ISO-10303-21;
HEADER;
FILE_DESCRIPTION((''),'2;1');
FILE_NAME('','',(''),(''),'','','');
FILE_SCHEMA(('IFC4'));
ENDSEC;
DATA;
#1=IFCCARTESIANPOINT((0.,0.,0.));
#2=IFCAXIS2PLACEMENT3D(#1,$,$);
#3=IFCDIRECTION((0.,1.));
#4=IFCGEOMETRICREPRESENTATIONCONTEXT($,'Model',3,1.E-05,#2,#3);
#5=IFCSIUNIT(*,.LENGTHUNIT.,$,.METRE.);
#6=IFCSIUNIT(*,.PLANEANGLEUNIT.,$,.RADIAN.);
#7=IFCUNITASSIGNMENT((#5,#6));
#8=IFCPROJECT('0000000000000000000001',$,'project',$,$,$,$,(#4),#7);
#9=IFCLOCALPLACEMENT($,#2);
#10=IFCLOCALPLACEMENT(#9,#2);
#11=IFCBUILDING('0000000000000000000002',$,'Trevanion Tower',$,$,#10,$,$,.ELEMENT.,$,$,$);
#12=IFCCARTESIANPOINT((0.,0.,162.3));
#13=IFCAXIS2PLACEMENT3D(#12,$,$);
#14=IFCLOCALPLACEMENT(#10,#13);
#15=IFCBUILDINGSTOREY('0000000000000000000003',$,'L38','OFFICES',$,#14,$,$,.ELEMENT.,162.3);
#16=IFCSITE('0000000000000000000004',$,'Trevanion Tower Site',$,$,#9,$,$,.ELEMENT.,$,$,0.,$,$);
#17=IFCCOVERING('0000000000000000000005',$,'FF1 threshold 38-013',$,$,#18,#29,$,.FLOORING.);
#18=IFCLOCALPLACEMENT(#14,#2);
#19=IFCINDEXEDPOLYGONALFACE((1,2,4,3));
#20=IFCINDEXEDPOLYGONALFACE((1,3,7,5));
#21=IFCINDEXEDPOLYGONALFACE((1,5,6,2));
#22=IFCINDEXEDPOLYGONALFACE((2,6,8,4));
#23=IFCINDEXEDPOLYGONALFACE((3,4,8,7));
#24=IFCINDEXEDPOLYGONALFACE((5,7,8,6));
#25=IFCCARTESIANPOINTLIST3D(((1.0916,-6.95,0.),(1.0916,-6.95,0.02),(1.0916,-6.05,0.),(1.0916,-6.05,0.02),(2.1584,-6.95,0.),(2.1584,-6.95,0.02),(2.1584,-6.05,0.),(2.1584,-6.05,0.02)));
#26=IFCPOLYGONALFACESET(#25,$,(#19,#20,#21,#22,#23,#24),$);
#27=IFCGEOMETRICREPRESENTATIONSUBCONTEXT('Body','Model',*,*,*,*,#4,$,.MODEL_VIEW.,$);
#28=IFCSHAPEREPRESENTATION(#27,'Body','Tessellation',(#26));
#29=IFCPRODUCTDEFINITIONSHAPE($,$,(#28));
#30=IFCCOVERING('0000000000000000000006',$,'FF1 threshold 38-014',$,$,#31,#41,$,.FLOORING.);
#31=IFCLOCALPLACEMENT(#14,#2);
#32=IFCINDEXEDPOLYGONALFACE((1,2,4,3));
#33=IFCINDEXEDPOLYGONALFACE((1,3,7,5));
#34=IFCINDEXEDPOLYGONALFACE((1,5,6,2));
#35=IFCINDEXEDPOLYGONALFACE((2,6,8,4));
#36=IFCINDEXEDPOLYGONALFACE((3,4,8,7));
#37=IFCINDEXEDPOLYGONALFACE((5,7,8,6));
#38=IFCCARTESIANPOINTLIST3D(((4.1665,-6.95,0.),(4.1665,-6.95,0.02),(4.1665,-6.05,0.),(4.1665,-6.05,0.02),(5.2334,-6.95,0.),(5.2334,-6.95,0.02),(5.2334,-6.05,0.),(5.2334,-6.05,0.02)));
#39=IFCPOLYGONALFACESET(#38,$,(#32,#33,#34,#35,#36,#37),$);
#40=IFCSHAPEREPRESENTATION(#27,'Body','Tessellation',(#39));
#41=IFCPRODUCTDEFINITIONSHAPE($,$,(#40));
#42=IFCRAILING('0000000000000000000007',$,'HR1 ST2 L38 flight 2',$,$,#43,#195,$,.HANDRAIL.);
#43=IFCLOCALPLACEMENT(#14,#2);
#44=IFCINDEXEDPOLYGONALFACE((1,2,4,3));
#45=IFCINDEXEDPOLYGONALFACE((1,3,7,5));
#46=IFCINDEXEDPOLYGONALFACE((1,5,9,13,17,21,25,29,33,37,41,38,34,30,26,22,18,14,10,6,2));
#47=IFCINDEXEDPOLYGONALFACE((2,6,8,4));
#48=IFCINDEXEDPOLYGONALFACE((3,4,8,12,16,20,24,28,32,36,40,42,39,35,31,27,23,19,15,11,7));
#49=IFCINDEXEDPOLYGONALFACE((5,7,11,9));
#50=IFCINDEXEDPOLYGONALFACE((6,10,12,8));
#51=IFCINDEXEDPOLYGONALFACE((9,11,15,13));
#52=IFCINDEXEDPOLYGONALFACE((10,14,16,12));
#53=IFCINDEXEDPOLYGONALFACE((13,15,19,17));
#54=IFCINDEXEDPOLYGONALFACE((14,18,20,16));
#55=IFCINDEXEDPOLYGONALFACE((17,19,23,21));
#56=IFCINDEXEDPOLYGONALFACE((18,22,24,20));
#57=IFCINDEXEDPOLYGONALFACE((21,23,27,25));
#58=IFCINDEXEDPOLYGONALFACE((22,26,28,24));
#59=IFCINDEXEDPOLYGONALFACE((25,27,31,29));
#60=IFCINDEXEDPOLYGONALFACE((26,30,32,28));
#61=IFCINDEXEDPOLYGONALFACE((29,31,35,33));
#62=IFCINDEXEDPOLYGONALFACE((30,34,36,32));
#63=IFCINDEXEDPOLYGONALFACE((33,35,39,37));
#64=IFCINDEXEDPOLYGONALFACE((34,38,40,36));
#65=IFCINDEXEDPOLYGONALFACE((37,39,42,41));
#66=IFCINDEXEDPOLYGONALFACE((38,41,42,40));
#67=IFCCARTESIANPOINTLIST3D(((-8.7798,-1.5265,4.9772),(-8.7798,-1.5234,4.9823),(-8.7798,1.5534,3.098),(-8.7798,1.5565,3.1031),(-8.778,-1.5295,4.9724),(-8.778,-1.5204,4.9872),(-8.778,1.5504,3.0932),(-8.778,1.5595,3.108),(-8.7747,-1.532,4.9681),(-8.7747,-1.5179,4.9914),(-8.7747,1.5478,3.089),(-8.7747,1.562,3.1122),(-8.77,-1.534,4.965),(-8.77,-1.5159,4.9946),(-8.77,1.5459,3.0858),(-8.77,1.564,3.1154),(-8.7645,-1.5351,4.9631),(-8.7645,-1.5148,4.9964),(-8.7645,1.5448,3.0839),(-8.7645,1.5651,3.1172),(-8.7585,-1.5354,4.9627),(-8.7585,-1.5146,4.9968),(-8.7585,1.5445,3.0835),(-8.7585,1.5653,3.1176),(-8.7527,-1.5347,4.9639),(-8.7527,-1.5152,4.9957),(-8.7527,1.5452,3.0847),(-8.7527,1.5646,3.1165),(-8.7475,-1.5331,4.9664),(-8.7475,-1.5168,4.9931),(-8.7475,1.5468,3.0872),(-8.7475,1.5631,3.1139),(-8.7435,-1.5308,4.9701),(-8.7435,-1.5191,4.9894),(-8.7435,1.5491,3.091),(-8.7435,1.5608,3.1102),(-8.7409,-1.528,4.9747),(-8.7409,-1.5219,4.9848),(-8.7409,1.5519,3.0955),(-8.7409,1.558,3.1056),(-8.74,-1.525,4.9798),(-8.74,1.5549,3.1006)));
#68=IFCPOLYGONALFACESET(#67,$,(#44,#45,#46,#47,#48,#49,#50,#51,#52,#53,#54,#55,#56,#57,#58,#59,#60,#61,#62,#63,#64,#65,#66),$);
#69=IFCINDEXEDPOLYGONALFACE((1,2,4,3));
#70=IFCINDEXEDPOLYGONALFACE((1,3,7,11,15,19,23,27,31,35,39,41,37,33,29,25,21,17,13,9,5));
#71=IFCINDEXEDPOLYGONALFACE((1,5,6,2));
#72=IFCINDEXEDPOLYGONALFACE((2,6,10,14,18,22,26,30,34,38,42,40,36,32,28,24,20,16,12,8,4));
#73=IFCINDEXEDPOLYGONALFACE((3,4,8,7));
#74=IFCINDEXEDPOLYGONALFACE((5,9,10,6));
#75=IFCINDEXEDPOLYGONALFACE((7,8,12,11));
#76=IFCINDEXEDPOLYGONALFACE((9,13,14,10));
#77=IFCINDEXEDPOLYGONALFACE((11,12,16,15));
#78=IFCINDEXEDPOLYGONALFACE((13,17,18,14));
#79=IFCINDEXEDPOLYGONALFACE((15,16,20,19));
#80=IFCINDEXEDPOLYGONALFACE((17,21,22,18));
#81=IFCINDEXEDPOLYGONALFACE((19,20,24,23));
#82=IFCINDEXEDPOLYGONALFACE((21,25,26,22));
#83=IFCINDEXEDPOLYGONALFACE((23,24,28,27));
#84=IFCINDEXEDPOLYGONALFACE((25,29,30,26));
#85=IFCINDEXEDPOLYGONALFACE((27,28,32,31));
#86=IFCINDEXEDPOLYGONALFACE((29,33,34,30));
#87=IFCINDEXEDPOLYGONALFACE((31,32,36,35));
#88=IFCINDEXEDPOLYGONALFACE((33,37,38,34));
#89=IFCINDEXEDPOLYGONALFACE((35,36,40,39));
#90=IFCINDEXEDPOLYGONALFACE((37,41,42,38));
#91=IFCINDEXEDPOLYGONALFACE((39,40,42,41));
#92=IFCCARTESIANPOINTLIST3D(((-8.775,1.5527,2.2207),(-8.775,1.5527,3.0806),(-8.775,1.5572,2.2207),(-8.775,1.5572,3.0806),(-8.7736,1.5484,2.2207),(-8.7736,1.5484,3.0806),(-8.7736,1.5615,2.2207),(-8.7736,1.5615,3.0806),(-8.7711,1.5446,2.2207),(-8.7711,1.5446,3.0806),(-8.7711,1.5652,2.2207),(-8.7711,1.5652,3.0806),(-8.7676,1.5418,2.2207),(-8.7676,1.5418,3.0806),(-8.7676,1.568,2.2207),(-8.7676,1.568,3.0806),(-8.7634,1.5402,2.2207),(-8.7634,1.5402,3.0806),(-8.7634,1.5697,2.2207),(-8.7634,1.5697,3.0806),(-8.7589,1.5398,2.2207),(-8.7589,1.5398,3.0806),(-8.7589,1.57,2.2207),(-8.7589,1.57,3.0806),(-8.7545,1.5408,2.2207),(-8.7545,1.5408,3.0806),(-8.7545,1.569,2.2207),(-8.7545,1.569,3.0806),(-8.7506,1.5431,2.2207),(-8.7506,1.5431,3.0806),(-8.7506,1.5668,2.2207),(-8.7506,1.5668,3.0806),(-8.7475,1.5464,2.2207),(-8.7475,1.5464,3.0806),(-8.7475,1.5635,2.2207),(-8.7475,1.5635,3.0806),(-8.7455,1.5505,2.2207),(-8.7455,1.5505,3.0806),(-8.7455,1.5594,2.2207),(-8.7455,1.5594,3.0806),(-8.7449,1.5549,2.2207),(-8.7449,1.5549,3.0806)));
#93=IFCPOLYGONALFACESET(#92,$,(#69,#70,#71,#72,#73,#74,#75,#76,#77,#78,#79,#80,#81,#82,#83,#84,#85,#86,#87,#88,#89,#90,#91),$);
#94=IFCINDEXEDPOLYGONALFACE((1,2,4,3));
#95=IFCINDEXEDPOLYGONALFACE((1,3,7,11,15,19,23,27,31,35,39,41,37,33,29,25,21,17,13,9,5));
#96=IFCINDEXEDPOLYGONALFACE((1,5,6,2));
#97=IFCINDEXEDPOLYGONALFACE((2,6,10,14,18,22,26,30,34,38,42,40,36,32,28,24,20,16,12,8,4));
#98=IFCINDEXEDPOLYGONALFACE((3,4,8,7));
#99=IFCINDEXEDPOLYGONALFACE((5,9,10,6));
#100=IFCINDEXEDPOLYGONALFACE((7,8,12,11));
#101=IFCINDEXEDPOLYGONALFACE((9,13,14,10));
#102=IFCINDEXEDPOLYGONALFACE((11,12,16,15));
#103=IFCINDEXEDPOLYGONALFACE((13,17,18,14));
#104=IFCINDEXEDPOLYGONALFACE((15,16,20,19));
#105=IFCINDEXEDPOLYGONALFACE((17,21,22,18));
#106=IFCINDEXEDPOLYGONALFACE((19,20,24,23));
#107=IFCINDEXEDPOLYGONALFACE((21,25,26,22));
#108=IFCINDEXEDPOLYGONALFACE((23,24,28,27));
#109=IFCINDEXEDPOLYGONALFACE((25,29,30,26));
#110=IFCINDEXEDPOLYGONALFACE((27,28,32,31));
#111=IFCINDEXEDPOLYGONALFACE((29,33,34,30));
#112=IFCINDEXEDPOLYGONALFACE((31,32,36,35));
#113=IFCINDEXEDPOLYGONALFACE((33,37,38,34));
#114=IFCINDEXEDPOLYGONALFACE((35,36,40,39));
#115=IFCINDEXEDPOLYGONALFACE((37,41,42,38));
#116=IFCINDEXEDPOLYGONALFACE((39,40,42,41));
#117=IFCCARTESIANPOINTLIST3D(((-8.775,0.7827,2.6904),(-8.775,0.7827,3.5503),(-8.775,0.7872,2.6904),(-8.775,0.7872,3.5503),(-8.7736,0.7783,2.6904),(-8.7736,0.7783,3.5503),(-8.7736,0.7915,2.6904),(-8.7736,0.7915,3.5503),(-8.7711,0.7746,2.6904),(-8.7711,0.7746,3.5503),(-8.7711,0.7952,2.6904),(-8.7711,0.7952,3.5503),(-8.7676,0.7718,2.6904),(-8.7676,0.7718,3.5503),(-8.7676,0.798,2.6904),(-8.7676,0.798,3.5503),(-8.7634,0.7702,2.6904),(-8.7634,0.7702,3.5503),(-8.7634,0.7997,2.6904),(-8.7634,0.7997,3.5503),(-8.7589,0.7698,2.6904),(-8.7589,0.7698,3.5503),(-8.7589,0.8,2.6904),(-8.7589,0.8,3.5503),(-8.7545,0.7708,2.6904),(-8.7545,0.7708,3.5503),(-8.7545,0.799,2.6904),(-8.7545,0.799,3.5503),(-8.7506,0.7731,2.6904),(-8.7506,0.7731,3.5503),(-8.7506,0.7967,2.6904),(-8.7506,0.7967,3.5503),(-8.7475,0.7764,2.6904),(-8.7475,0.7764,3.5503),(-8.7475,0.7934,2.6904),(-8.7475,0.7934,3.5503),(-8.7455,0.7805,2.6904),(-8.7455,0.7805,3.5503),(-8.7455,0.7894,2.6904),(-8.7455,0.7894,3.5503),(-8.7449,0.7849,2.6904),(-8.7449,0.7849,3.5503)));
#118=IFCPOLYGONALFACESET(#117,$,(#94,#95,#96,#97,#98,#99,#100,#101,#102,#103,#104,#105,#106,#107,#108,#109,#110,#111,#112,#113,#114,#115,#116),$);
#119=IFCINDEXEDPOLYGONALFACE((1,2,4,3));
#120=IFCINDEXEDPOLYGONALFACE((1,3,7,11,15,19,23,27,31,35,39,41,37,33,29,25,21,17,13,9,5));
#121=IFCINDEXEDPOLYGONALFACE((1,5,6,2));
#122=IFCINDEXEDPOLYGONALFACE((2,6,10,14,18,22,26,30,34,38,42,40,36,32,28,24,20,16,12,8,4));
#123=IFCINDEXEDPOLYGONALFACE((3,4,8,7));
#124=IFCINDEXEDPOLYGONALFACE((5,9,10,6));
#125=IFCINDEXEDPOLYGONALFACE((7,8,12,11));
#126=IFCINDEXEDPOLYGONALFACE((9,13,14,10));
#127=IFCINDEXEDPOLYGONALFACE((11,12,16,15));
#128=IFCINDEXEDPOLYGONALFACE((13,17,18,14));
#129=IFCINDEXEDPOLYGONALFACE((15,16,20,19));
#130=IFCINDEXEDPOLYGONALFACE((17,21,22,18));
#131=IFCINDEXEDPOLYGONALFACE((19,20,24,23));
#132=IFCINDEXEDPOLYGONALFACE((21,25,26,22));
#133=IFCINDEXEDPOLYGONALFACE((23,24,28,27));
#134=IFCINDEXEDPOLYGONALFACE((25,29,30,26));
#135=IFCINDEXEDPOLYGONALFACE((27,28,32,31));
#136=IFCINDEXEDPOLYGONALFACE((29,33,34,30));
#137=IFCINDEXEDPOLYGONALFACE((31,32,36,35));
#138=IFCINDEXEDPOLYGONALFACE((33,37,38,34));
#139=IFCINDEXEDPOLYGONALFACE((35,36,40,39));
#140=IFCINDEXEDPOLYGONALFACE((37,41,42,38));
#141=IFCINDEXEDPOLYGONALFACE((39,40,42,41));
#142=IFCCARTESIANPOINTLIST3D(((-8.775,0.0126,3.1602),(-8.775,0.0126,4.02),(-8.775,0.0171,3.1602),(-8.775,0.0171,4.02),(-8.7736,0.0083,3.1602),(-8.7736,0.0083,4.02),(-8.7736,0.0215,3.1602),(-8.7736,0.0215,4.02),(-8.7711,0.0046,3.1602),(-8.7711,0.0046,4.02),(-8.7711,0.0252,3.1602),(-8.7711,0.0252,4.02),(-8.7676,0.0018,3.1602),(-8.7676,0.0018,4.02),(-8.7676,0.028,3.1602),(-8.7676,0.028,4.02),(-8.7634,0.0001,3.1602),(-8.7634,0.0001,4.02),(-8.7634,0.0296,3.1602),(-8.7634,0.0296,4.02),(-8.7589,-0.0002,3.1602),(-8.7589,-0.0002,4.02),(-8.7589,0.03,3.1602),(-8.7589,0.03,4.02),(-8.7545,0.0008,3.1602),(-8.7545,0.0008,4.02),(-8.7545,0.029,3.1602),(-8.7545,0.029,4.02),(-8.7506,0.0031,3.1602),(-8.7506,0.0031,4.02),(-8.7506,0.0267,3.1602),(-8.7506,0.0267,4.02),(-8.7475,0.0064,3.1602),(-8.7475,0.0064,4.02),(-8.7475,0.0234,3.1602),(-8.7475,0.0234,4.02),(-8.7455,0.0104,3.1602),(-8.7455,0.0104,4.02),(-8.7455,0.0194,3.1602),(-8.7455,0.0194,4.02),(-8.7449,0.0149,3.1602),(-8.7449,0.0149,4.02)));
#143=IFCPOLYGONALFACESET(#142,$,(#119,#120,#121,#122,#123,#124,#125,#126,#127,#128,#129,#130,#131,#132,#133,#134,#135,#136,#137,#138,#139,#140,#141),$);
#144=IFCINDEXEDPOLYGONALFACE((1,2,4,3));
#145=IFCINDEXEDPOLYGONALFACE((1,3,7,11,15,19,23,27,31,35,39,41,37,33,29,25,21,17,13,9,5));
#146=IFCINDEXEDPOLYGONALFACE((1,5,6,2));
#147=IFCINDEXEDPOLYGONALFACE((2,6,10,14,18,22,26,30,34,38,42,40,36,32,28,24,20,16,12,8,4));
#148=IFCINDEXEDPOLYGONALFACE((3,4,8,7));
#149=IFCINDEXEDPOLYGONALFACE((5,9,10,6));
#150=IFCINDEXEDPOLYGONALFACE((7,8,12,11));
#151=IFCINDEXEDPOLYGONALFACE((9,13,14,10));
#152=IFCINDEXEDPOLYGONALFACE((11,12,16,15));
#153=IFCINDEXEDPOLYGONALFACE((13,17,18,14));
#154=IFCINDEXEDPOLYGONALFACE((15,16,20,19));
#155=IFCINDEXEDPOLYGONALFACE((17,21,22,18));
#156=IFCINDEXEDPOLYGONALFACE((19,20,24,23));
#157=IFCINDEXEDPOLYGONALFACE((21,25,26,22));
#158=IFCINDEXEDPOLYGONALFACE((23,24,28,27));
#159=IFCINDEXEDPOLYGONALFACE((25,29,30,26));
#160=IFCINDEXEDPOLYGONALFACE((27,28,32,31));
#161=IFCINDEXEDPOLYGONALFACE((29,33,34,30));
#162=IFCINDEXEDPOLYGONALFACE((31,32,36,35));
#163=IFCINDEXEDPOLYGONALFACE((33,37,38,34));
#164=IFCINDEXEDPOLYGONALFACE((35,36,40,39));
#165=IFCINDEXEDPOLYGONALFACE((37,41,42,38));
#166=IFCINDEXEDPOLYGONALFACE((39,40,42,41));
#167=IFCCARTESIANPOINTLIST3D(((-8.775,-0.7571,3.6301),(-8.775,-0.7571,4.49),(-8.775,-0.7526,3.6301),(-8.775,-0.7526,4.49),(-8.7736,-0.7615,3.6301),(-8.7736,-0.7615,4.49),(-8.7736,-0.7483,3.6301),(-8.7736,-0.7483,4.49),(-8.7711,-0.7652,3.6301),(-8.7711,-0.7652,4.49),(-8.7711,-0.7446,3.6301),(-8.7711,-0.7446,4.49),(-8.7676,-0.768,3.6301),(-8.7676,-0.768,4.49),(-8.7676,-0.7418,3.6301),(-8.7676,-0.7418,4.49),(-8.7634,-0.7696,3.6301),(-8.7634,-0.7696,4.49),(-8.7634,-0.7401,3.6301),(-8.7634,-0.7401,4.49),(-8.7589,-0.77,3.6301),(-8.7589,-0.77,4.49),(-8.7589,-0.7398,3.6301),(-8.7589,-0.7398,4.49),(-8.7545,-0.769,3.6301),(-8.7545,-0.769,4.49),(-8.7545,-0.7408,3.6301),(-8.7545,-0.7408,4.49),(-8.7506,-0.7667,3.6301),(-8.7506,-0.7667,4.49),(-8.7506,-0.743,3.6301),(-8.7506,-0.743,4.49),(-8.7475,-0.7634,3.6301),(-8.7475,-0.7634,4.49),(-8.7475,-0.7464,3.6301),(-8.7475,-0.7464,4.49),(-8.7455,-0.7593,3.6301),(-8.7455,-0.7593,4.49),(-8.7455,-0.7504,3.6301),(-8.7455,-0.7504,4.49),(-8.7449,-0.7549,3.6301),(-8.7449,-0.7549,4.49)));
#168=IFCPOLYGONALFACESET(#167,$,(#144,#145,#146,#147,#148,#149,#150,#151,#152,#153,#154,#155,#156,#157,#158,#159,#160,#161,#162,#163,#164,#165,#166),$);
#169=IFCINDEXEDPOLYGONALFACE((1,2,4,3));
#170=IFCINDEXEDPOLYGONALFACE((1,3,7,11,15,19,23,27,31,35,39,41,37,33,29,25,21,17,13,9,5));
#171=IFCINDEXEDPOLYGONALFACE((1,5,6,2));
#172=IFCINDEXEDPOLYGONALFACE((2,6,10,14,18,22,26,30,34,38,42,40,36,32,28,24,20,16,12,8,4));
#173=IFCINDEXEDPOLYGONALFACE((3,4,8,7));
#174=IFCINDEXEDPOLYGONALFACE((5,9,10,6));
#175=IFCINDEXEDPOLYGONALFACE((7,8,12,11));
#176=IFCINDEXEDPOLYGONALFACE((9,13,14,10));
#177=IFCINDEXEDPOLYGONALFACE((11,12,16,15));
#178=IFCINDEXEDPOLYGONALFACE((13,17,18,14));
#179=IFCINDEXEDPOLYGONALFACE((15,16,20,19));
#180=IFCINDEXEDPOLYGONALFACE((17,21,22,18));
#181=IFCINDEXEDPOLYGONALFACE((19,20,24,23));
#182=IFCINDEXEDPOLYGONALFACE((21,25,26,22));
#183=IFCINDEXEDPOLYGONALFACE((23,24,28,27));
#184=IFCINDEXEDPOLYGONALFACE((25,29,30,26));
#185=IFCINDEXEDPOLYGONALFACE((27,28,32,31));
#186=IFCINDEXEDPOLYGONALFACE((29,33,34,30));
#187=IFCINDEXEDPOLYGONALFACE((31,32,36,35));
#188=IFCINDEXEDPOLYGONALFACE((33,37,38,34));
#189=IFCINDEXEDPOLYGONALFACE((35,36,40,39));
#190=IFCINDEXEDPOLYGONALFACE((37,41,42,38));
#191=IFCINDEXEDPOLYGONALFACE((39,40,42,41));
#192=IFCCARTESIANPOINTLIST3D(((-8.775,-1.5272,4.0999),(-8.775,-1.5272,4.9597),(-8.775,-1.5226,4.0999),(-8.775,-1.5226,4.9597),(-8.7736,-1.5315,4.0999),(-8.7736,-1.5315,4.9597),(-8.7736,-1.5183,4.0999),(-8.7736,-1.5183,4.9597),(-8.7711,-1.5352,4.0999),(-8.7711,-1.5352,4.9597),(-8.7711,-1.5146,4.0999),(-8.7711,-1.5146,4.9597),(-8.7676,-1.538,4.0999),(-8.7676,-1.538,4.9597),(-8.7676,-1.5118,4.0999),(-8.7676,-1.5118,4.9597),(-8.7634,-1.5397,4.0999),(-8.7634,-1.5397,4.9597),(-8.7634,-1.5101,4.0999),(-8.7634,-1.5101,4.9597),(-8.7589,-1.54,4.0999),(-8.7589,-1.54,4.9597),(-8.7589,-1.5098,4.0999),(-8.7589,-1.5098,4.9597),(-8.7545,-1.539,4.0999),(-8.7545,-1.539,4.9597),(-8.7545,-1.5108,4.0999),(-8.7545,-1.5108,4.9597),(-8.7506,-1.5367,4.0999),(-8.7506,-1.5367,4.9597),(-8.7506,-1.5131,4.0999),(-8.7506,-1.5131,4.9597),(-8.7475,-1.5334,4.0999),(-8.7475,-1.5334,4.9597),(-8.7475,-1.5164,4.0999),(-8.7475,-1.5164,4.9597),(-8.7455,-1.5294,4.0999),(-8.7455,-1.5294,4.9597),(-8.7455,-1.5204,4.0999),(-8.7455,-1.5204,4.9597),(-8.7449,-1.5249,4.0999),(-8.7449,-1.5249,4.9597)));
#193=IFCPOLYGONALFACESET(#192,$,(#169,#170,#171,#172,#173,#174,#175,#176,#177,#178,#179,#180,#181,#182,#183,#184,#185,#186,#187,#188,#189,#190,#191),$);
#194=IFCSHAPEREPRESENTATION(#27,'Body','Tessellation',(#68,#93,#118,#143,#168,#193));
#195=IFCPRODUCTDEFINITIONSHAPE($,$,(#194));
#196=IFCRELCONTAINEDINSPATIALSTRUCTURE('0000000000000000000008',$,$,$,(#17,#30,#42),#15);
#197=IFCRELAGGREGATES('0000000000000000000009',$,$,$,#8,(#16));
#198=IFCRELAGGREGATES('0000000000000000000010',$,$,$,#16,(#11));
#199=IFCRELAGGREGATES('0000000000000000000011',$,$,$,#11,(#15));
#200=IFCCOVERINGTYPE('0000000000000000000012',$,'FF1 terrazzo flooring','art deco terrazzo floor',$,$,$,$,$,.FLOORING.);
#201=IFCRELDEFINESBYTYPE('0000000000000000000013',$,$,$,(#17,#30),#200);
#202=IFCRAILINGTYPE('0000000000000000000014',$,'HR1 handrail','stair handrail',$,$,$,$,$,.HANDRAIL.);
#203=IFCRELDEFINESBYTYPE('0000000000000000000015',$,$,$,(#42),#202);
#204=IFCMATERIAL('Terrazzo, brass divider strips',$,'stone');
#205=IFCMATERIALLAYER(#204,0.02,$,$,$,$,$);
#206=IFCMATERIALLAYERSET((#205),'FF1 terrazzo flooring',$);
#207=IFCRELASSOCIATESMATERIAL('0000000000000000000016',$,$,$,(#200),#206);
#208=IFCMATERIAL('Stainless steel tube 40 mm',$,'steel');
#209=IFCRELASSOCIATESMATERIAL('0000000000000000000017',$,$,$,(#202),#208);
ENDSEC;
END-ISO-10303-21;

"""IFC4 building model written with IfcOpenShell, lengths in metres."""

from ifc_helpers import new_model, si_unit, direction, frame, origin, origin_2d, place, context, subcontext, project, spatial, polyline, circle, outline, extrude, material, layer, layer_set, type_object, element, save


model = new_model("IFC4")

# Units and contexts
model_context = context("Model", 3, precision=1e-05, world=origin(), true_north=direction((0.0, 1.0)))
body_context = subcontext(model_context, "Body", "Model", "MODEL_VIEW")
ifc_project = project(units=[si_unit("LENGTHUNIT", "METRE"), si_unit("PLANEANGLEUNIT", "RADIAN")], contexts=[model_context])

# Site, building, storey
site_placement = place(None, origin())
site = spatial("IfcSite", under=ifc_project, at=site_placement, Name="Trevanion Tower Site", CompositionType="ELEMENT", RefElevation=0.0)
building_placement = place(site_placement, origin())
building = spatial("IfcBuilding", under=site, at=building_placement, Name="Trevanion Tower", CompositionType="ELEMENT")
storey_placement = place(building_placement, frame((0.0, 0.0, 162.3)))
storey = spatial("IfcBuildingStorey", under=building, at=storey_placement, Name="L38", Description="OFFICES", CompositionType="ELEMENT", Elevation=162.3)

# Coverings
ifc_material_1 = material(Name="Terrazzo, brass divider strips", Category="stone")
ifc_layer_1 = layer(ifc_material_1, 0.02)
ifc_layer_set_1 = layer_set([ifc_layer_1], Name="FF1 terrazzo flooring")
covering_type_1 = type_object("IfcCoveringType", Name="FF1 terrazzo flooring", Description="art deco terrazzo floor", PredefinedType="FLOORING", material=ifc_layer_set_1)
covering_1_placement = place(storey_placement, origin())
element("IfcCovering", 1, at=covering_1_placement, inside=storey, type_object=covering_type_1, Name="FF1 threshold 38-013", PredefinedType="FLOORING", context=body_context, shape_type="SweptSolid", body=[
    extrude(outline(polyline([(1.0916, -6.95), (2.1584, -6.95), (2.1584, -6.05), (1.0916, -6.05), (1.0916, -6.95)])), origin(), (0.0, 0.0, 1.0), 0.02),
])
covering_2_placement = place(storey_placement, origin())
element("IfcCovering", 2, at=covering_2_placement, inside=storey, type_object=covering_type_1, Name="FF1 threshold 38-014", PredefinedType="FLOORING", context=body_context, shape_type="SweptSolid", body=[
    extrude(outline(polyline([(4.1665, -6.95), (5.2334, -6.95), (5.2334, -6.05), (4.1665, -6.05), (4.1665, -6.95)])), origin(), (0.0, 0.0, 1.0), 0.02),
])

# Railing
ifc_material_2 = material(Name="Stainless steel tube 40 mm", Category="steel")
railing_type = type_object("IfcRailingType", Name="HR1 handrail", Description="stair handrail", PredefinedType="HANDRAIL", material=ifc_material_2)
for number, where, name in (
    (3, (-8.76, 1.5549, 2.2207), "HR1 ST2 L38 flight 2"),
):
    element("IfcRailing", number, at=place(storey_placement, frame(where)), inside=storey, type_object=railing_type, Name=name, PredefinedType="HANDRAIL", context=body_context, shape_type="SweptSolid", body=[
        extrude(circle(Radius=0.02, at=origin_2d()), frame((0.0, 0.0, 0.8799), z_axis=(0.0, -0.853648, 0.52085), x_axis=(1.0, 0.0, 0.0)), (0.0, 0.0, 1.0), 3.6079),
        extrude(circle(Radius=0.0151, at=origin_2d()), origin(), (0.0, 0.0, 1.0), 0.8599),
        extrude(circle(Radius=0.0151, at=origin_2d()), frame((0.0, -0.77, 0.4697)), (0.0, 0.0, 1.0), 0.8599),
        extrude(circle(Radius=0.0151, at=origin_2d()), frame((0.0, -1.54, 0.9395)), (0.0, 0.0, 1.0), 0.8599),
        extrude(circle(Radius=0.0151, at=origin_2d()), frame((0.0, -2.3098, 1.4094)), (0.0, 0.0, 1.0), 0.8599),
        extrude(circle(Radius=0.0151, at=origin_2d()), frame((0.0, -3.0798, 1.8792)), (0.0, 0.0, 1.0), 0.8599),
    ])

save(model, "model.ifc")
